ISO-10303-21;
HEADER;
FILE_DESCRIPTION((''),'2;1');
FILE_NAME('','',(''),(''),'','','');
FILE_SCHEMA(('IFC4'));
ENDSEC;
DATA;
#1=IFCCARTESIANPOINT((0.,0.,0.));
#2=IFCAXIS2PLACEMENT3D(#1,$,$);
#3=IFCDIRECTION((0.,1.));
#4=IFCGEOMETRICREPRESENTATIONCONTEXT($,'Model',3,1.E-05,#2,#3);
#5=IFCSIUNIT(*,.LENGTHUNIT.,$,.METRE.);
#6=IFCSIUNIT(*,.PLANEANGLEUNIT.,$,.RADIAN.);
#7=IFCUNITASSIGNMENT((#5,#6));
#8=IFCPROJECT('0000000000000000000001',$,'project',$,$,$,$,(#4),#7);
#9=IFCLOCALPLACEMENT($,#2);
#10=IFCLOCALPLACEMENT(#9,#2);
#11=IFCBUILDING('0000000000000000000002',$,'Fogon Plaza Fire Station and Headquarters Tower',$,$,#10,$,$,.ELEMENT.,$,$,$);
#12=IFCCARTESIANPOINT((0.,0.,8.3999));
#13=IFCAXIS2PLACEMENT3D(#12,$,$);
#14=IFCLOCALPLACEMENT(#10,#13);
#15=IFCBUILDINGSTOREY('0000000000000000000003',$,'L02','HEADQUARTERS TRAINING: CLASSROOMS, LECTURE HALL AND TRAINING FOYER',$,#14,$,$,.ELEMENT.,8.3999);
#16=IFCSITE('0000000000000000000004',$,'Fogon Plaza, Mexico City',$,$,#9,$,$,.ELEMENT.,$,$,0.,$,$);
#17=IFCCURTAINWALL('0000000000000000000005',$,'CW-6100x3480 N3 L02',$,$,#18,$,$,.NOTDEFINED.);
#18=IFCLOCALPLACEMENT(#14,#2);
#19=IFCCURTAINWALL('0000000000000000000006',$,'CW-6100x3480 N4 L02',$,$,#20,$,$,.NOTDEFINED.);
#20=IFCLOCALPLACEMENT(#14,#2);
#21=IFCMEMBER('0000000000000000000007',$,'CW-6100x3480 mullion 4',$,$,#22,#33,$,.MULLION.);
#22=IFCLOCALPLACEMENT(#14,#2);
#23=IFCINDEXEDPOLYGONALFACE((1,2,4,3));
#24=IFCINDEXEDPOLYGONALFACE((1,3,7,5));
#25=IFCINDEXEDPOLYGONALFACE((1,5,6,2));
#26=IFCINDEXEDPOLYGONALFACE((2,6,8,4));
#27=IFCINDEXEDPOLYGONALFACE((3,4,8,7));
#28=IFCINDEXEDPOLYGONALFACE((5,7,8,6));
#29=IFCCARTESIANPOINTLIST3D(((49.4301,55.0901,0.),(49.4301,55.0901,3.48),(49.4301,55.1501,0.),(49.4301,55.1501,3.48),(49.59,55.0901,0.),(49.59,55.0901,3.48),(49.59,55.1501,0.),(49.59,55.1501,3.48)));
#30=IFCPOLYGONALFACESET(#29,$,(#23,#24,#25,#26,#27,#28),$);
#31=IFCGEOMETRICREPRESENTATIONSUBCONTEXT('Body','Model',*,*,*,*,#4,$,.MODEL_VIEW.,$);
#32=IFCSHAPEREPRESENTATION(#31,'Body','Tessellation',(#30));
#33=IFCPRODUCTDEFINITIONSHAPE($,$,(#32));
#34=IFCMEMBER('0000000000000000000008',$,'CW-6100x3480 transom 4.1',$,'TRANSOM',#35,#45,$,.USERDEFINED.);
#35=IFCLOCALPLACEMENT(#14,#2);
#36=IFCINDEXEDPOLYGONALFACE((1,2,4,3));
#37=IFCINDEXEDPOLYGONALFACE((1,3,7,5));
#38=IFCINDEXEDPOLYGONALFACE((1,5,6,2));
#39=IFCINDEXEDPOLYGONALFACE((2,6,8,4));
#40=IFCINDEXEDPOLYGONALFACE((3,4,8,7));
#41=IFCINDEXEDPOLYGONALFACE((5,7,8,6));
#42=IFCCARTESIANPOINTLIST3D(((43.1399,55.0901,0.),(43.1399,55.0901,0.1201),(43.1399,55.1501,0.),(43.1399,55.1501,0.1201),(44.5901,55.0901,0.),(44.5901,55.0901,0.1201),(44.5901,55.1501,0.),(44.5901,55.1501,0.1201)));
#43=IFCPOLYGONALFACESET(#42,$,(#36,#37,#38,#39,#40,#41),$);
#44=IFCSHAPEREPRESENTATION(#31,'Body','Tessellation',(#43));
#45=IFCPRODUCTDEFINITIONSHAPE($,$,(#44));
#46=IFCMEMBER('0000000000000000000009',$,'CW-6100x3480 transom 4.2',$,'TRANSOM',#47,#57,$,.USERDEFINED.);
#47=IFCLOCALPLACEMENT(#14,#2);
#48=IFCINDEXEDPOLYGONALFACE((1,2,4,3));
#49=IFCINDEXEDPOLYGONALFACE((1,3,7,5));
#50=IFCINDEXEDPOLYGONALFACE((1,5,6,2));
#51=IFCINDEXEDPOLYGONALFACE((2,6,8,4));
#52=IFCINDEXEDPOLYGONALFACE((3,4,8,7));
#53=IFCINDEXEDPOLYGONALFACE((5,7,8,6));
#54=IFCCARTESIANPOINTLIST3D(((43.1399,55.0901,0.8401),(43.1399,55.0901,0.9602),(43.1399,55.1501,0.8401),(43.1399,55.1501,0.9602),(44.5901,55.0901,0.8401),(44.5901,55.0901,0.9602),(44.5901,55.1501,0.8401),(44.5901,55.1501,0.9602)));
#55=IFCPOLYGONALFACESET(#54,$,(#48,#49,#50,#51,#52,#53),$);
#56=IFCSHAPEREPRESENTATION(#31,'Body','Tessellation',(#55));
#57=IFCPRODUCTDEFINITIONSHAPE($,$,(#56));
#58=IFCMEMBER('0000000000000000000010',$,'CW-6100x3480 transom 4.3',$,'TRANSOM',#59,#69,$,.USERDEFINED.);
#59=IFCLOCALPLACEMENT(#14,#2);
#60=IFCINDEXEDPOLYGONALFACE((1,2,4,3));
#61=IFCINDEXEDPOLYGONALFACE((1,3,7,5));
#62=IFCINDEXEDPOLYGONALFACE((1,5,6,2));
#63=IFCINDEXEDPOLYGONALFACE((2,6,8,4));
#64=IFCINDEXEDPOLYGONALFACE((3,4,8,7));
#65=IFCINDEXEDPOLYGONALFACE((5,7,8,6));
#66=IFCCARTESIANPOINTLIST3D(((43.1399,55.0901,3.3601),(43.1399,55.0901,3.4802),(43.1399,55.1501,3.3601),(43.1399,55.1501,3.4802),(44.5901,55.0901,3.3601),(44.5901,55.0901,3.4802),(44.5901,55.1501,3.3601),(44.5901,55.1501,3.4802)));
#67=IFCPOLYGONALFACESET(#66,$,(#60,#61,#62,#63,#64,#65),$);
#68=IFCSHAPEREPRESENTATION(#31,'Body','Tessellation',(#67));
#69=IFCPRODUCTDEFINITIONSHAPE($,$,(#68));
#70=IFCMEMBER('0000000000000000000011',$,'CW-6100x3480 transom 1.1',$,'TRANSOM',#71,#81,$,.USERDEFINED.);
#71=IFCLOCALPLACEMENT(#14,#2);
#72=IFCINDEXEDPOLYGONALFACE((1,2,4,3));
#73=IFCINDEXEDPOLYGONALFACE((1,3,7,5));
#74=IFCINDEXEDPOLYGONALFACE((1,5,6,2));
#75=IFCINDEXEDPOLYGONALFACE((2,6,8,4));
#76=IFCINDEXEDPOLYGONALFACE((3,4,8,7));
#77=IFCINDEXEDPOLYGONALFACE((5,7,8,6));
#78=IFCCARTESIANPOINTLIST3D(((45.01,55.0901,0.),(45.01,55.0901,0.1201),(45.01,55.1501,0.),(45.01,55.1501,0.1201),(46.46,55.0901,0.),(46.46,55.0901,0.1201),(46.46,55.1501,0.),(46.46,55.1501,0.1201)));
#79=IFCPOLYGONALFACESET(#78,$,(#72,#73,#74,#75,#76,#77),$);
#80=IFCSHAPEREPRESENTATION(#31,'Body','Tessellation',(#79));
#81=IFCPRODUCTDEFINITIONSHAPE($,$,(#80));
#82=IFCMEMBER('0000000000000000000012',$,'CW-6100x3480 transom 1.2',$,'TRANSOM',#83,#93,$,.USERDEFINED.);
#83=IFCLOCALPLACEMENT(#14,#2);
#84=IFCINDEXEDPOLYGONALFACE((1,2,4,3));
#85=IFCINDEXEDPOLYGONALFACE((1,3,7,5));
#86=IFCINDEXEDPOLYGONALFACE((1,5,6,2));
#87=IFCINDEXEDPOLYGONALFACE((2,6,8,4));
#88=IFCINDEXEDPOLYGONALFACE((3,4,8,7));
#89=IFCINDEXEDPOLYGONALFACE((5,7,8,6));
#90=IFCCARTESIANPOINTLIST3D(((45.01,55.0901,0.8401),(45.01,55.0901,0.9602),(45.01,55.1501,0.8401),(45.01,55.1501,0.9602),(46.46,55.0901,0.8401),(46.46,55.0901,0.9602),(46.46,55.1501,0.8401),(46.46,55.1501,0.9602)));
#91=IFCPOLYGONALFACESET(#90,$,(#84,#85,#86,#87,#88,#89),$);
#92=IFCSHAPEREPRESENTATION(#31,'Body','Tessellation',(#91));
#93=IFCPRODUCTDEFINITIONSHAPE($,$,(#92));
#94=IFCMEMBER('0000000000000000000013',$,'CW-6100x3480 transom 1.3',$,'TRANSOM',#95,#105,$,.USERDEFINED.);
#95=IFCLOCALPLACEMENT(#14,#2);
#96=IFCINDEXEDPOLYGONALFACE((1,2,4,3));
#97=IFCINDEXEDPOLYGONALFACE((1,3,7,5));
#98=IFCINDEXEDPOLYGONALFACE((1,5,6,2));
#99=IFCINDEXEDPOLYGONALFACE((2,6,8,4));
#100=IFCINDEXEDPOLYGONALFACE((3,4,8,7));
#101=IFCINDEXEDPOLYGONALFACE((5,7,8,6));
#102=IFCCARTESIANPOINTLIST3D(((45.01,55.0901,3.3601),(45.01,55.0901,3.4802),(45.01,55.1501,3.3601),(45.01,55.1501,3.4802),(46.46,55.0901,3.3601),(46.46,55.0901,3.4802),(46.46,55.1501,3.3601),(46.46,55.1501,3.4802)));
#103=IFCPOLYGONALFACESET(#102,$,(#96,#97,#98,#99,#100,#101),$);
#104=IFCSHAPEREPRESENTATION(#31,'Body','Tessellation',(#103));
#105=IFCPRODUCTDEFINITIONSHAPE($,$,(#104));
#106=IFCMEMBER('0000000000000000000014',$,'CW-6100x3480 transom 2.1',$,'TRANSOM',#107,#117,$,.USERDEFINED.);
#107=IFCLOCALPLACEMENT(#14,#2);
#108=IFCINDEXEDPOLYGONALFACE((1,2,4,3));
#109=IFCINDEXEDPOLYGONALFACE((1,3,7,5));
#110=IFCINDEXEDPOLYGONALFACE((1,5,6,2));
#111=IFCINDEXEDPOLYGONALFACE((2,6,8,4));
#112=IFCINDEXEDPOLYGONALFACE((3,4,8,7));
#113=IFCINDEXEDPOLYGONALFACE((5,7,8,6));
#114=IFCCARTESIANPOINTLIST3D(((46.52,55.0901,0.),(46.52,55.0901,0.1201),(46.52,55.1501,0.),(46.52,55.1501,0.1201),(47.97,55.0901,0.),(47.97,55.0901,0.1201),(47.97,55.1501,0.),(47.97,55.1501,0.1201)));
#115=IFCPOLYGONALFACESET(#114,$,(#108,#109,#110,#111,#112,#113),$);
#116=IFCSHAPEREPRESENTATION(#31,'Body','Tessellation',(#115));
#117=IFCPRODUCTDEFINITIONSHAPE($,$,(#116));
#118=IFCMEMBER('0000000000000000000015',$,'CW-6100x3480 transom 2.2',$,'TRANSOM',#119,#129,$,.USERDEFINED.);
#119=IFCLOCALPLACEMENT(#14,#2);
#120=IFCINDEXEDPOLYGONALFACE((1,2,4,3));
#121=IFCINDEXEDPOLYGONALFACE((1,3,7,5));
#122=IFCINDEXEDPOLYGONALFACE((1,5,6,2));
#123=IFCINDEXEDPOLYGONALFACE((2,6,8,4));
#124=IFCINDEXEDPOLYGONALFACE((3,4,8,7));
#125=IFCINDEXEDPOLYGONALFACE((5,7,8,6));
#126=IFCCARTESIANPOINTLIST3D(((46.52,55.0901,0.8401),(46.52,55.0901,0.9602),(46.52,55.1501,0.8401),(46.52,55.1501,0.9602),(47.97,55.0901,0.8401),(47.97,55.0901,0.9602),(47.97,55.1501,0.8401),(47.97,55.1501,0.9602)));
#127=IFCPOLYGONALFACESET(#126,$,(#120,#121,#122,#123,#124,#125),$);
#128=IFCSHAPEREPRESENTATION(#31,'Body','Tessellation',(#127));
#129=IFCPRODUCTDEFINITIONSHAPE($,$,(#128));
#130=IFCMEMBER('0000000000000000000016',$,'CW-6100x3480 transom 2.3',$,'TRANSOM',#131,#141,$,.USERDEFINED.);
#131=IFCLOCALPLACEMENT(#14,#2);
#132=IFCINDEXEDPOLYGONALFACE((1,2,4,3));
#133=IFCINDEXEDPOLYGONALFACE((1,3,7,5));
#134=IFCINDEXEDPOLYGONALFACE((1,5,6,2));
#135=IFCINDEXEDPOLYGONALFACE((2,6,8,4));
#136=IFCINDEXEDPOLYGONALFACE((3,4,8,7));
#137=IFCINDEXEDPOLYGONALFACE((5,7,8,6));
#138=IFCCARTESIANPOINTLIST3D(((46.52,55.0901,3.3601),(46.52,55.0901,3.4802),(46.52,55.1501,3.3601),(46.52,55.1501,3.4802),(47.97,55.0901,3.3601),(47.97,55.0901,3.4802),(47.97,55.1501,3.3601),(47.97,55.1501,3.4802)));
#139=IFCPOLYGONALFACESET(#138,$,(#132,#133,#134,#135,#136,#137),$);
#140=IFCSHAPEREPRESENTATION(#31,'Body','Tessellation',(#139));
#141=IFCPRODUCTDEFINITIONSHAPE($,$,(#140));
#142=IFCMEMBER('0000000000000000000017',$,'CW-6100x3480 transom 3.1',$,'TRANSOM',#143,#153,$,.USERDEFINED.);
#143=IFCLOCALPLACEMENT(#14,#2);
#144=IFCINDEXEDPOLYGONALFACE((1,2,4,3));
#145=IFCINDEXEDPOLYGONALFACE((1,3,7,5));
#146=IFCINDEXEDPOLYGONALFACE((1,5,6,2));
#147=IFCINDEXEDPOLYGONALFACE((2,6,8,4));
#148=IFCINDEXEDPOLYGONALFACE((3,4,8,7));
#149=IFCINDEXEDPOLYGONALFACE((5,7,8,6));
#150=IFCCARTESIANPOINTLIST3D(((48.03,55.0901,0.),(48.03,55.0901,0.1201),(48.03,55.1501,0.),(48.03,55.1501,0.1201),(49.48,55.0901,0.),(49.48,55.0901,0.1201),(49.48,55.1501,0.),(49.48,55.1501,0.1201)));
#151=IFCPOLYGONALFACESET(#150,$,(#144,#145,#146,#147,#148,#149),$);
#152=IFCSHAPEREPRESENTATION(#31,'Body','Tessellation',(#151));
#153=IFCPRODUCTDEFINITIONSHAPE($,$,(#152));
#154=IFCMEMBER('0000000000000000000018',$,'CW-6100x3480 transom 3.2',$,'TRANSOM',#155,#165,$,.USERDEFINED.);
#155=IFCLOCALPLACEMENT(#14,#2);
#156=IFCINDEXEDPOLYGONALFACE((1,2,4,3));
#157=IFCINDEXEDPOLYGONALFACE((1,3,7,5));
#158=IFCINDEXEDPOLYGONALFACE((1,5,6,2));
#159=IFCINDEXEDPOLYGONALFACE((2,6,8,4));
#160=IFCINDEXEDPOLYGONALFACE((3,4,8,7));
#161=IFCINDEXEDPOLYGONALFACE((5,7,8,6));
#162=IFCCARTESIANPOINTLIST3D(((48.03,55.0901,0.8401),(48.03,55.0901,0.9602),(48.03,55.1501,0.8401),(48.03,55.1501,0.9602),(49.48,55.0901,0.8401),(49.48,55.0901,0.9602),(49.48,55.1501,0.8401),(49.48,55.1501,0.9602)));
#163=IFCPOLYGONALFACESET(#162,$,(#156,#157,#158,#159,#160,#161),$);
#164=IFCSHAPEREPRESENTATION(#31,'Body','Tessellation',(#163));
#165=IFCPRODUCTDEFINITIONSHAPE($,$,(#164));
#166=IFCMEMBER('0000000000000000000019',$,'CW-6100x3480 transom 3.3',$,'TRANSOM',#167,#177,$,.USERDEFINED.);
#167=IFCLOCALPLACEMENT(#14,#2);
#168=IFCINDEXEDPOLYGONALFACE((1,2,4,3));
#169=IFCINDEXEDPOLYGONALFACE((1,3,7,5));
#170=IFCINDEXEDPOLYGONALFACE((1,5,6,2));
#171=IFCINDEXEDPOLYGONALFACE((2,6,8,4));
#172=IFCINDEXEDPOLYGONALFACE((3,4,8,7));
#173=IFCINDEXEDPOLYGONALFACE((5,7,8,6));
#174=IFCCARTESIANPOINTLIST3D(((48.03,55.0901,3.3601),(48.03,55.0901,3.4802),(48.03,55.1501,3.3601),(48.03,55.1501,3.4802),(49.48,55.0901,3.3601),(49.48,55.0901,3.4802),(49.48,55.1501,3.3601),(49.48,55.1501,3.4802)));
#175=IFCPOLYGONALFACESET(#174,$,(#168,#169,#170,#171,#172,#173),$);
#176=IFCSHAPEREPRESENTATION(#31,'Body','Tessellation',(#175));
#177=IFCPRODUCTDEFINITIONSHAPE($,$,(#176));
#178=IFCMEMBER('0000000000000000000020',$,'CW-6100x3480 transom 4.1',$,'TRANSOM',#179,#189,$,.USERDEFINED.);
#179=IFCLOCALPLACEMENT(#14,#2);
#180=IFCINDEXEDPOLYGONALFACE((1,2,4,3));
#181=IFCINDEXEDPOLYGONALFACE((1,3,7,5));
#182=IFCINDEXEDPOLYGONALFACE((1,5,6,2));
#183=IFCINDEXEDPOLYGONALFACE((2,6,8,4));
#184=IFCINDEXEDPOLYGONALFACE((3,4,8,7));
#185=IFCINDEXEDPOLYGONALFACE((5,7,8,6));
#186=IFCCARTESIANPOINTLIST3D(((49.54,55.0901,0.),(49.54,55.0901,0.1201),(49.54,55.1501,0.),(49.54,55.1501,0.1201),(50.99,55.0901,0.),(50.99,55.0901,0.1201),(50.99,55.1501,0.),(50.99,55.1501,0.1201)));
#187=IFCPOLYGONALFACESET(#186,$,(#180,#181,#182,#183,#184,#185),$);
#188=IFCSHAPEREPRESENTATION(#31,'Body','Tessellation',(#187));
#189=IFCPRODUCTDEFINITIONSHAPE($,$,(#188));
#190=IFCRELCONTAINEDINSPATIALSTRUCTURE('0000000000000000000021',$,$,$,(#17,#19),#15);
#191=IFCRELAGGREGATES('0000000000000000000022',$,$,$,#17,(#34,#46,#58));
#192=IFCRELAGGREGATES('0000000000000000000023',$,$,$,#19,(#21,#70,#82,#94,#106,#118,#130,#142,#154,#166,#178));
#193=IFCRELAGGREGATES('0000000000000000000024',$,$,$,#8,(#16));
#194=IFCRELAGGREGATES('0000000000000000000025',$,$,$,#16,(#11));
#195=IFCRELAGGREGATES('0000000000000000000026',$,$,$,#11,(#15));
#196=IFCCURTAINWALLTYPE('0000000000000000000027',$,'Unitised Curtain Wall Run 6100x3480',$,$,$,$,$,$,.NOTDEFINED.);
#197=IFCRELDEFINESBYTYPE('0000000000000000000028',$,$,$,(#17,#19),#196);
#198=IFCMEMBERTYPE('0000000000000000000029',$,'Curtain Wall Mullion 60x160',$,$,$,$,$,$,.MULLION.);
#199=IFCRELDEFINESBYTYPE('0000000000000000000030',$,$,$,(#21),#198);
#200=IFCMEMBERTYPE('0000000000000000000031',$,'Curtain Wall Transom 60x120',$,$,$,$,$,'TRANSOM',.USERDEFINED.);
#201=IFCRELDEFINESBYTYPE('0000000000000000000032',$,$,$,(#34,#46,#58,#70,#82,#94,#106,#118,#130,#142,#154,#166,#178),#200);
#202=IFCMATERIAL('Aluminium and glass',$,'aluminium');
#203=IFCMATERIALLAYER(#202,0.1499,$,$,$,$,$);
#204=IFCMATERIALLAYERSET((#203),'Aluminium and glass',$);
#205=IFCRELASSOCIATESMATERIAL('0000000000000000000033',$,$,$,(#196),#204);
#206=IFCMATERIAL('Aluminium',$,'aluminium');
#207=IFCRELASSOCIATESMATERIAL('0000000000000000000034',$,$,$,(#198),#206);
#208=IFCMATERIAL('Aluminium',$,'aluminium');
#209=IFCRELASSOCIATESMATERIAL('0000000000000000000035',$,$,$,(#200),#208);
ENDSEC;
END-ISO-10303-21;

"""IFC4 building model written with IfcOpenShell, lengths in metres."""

from ifc_helpers import new_model, si_unit, direction, frame, origin, origin_2d, place, context, subcontext, project, spatial, rectangle, extrude, material, layer, layer_set, material_profile, profile_set, type_object, element, aggregate, save


model = new_model("IFC4")

# Units and contexts
model_context = context("Model", 3, precision=1e-05, world=origin(), true_north=direction((0.0, 1.0)))
body_context = subcontext(model_context, "Body", "Model", "MODEL_VIEW")
ifc_project = project(units=[si_unit("LENGTHUNIT", "METRE"), si_unit("PLANEANGLEUNIT", "RADIAN")], contexts=[model_context])

# Site, building, storey
site_placement = place(None, origin())
site = spatial("IfcSite", under=ifc_project, at=site_placement, Name="Fogon Plaza, Mexico City", CompositionType="ELEMENT", RefElevation=0.0)
building_placement = place(site_placement, origin())
building = spatial("IfcBuilding", under=site, at=building_placement, Name="Fogon Plaza Fire Station and Headquarters Tower", CompositionType="ELEMENT")
storey_placement = place(building_placement, frame((0.0, 0.0, 8.3999)))
storey = spatial("IfcBuildingStorey", under=building, at=storey_placement, Name="L02", Description="HEADQUARTERS TRAINING: CLASSROOMS, LECTURE HALL AND TRAINING FOYER", CompositionType="ELEMENT", Elevation=8.3999)

# Curtain wall
ifc_material_1 = material(Name="Aluminium and glass", Category="aluminium")
ifc_layer_1 = layer(ifc_material_1, 0.1499)
ifc_layer_set_1 = layer_set([ifc_layer_1], Name="Aluminium and glass")
curtain_wall_type = type_object("IfcCurtainWallType", Name="Unitised Curtain Wall Run 6100x3480", PredefinedType="NOTDEFINED", material=ifc_layer_set_1)
curtain_wall_1_placement = place(storey_placement, origin())
curtain_wall_1 = element("IfcCurtainWall", 1, at=curtain_wall_1_placement, inside=storey, type_object=curtain_wall_type, Name="CW-6100x3480 N3 L02", PredefinedType="NOTDEFINED")
ifc_material_2 = material(Name="Aluminium", Category="aluminium")
ifc_material_profile_1 = material_profile(ifc_material_2, rectangle(XDim=0.0601, YDim=0.1599, at=origin_2d()), Name="Curtain Wall Mullion 60x160")
ifc_profile_set_1 = profile_set([ifc_material_profile_1], Name="Aluminium")
member_type_1 = type_object("IfcMemberType", Name="Curtain Wall Mullion 60x160", PredefinedType="MULLION", material=ifc_profile_set_1)

# Curtain wall, member
curtain_wall_2_placement = place(storey_placement, origin())
curtain_wall_2 = element("IfcCurtainWall", 2, at=curtain_wall_2_placement, inside=storey, type_object=curtain_wall_type, Name="CW-6100x3480 N4 L02", PredefinedType="NOTDEFINED")
member_1_placement = place(storey_placement, frame((49.51, 55.1201, 0.0), z_axis=(0.0, 0.0, 1.0), x_axis=(0.0, 1.0, 0.0)))
member_1 = element("IfcMember", 3, at=member_1_placement, type_object=member_type_1, Name="CW-6100x3480 mullion 4", PredefinedType="MULLION", context=body_context, shape_type="SweptSolid", body=[
    extrude(rectangle(XDim=0.0601, YDim=0.1599, at=origin_2d()), origin(), (0.0, 0.0, 1.0), 3.48),
])

# Members
ifc_material_3 = material(Name="Aluminium", Category="aluminium")
ifc_material_profile_2 = material_profile(ifc_material_3, rectangle(XDim=0.0601, YDim=0.1201, at=origin_2d()), Name="Curtain Wall Transom 60x120")
ifc_profile_set_2 = profile_set([ifc_material_profile_2], Name="Aluminium")
member_type_2 = type_object("IfcMemberType", Name="Curtain Wall Transom 60x120", ElementType="TRANSOM", PredefinedType="USERDEFINED", material=ifc_profile_set_2)
member_2_placement = place(storey_placement, frame((43.1399, 55.1201, 0.0601), z_axis=(1.0, 0.0, 0.0), x_axis=(0.0, 1.0, 0.0)))
member_2 = element("IfcMember", 4, at=member_2_placement, type_object=member_type_2, Name="CW-6100x3480 transom 4.1", ObjectType="TRANSOM", PredefinedType="USERDEFINED", context=body_context, shape_type="SweptSolid", body=[
    extrude(rectangle(XDim=0.0601, YDim=0.1201, at=origin_2d()), origin(), (0.0, 0.0, 1.0), 1.4502),
])
member_3_placement = place(storey_placement, frame((43.1399, 55.1201, 0.9001), z_axis=(1.0, 0.0, 0.0), x_axis=(0.0, 1.0, 0.0)))
member_3 = element("IfcMember", 5, at=member_3_placement, type_object=member_type_2, Name="CW-6100x3480 transom 4.2", ObjectType="TRANSOM", PredefinedType="USERDEFINED", context=body_context, shape_type="SweptSolid", body=[
    extrude(rectangle(XDim=0.0601, YDim=0.1201, at=origin_2d()), origin(), (0.0, 0.0, 1.0), 1.4502),
])
member_4_placement = place(storey_placement, frame((43.1399, 55.1201, 3.4202), z_axis=(1.0, 0.0, 0.0), x_axis=(0.0, 1.0, 0.0)))
member_4 = element("IfcMember", 6, at=member_4_placement, type_object=member_type_2, Name="CW-6100x3480 transom 4.3", ObjectType="TRANSOM", PredefinedType="USERDEFINED", context=body_context, shape_type="SweptSolid", body=[
    extrude(rectangle(XDim=0.0601, YDim=0.1201, at=origin_2d()), origin(), (0.0, 0.0, 1.0), 1.4502),
])
member_5_placement = place(storey_placement, frame((45.01, 55.1201, 0.0601), z_axis=(1.0, 0.0, 0.0), x_axis=(0.0, 1.0, 0.0)))
member_5 = element("IfcMember", 7, at=member_5_placement, type_object=member_type_2, Name="CW-6100x3480 transom 1.1", ObjectType="TRANSOM", PredefinedType="USERDEFINED", context=body_context, shape_type="SweptSolid", body=[
    extrude(rectangle(XDim=0.0601, YDim=0.1201, at=origin_2d()), origin(), (0.0, 0.0, 1.0), 1.45),
])
member_6_placement = place(storey_placement, frame((45.01, 55.1201, 0.9001), z_axis=(1.0, 0.0, 0.0), x_axis=(0.0, 1.0, 0.0)))
member_6 = element("IfcMember", 8, at=member_6_placement, type_object=member_type_2, Name="CW-6100x3480 transom 1.2", ObjectType="TRANSOM", PredefinedType="USERDEFINED", context=body_context, shape_type="SweptSolid", body=[
    extrude(rectangle(XDim=0.0601, YDim=0.1201, at=origin_2d()), origin(), (0.0, 0.0, 1.0), 1.45),
])
member_7_placement = place(storey_placement, frame((45.01, 55.1201, 3.4202), z_axis=(1.0, 0.0, 0.0), x_axis=(0.0, 1.0, 0.0)))
member_7 = element("IfcMember", 9, at=member_7_placement, type_object=member_type_2, Name="CW-6100x3480 transom 1.3", ObjectType="TRANSOM", PredefinedType="USERDEFINED", context=body_context, shape_type="SweptSolid", body=[
    extrude(rectangle(XDim=0.0601, YDim=0.1201, at=origin_2d()), origin(), (0.0, 0.0, 1.0), 1.45),
])
member_8_placement = place(storey_placement, frame((46.52, 55.1201, 0.0601), z_axis=(1.0, 0.0, 0.0), x_axis=(0.0, 1.0, 0.0)))
member_8 = element("IfcMember", 10, at=member_8_placement, type_object=member_type_2, Name="CW-6100x3480 transom 2.1", ObjectType="TRANSOM", PredefinedType="USERDEFINED", context=body_context, shape_type="SweptSolid", body=[
    extrude(rectangle(XDim=0.0601, YDim=0.1201, at=origin_2d()), origin(), (0.0, 0.0, 1.0), 1.45),
])
member_9_placement = place(storey_placement, frame((46.52, 55.1201, 0.9001), z_axis=(1.0, 0.0, 0.0), x_axis=(0.0, 1.0, 0.0)))
member_9 = element("IfcMember", 11, at=member_9_placement, type_object=member_type_2, Name="CW-6100x3480 transom 2.2", ObjectType="TRANSOM", PredefinedType="USERDEFINED", context=body_context, shape_type="SweptSolid", body=[
    extrude(rectangle(XDim=0.0601, YDim=0.1201, at=origin_2d()), origin(), (0.0, 0.0, 1.0), 1.45),
])
member_10_placement = place(storey_placement, frame((46.52, 55.1201, 3.4202), z_axis=(1.0, 0.0, 0.0), x_axis=(0.0, 1.0, 0.0)))
member_10 = element("IfcMember", 12, at=member_10_placement, type_object=member_type_2, Name="CW-6100x3480 transom 2.3", ObjectType="TRANSOM", PredefinedType="USERDEFINED", context=body_context, shape_type="SweptSolid", body=[
    extrude(rectangle(XDim=0.0601, YDim=0.1201, at=origin_2d()), origin(), (0.0, 0.0, 1.0), 1.45),
])
member_11_placement = place(storey_placement, frame((48.03, 55.1201, 0.0601), z_axis=(1.0, 0.0, 0.0), x_axis=(0.0, 1.0, 0.0)))
member_11 = element("IfcMember", 13, at=member_11_placement, type_object=member_type_2, Name="CW-6100x3480 transom 3.1", ObjectType="TRANSOM", PredefinedType="USERDEFINED", context=body_context, shape_type="SweptSolid", body=[
    extrude(rectangle(XDim=0.0601, YDim=0.1201, at=origin_2d()), origin(), (0.0, 0.0, 1.0), 1.45),
])
member_12_placement = place(storey_placement, frame((48.03, 55.1201, 0.9001), z_axis=(1.0, 0.0, 0.0), x_axis=(0.0, 1.0, 0.0)))
member_12 = element("IfcMember", 14, at=member_12_placement, type_object=member_type_2, Name="CW-6100x3480 transom 3.2", ObjectType="TRANSOM", PredefinedType="USERDEFINED", context=body_context, shape_type="SweptSolid", body=[
    extrude(rectangle(XDim=0.0601, YDim=0.1201, at=origin_2d()), origin(), (0.0, 0.0, 1.0), 1.45),
])
member_13_placement = place(storey_placement, frame((48.03, 55.1201, 3.4202), z_axis=(1.0, 0.0, 0.0), x_axis=(0.0, 1.0, 0.0)))
member_13 = element("IfcMember", 15, at=member_13_placement, type_object=member_type_2, Name="CW-6100x3480 transom 3.3", ObjectType="TRANSOM", PredefinedType="USERDEFINED", context=body_context, shape_type="SweptSolid", body=[
    extrude(rectangle(XDim=0.0601, YDim=0.1201, at=origin_2d()), origin(), (0.0, 0.0, 1.0), 1.45),
])
member_14_placement = place(storey_placement, frame((49.54, 55.1201, 0.0601), z_axis=(1.0, 0.0, 0.0), x_axis=(0.0, 1.0, 0.0)))
member_14 = element("IfcMember", 16, at=member_14_placement, type_object=member_type_2, Name="CW-6100x3480 transom 4.1", ObjectType="TRANSOM", PredefinedType="USERDEFINED", context=body_context, shape_type="SweptSolid", body=[
    extrude(rectangle(XDim=0.0601, YDim=0.1201, at=origin_2d()), origin(), (0.0, 0.0, 1.0), 1.45),
])

aggregate(curtain_wall_1, [member_2, member_3, member_4])
aggregate(curtain_wall_2, [member_1, member_5, member_6, member_7, member_8, member_9, member_10, member_11, member_12, member_13, member_14])

save(model, "model.ifc")
